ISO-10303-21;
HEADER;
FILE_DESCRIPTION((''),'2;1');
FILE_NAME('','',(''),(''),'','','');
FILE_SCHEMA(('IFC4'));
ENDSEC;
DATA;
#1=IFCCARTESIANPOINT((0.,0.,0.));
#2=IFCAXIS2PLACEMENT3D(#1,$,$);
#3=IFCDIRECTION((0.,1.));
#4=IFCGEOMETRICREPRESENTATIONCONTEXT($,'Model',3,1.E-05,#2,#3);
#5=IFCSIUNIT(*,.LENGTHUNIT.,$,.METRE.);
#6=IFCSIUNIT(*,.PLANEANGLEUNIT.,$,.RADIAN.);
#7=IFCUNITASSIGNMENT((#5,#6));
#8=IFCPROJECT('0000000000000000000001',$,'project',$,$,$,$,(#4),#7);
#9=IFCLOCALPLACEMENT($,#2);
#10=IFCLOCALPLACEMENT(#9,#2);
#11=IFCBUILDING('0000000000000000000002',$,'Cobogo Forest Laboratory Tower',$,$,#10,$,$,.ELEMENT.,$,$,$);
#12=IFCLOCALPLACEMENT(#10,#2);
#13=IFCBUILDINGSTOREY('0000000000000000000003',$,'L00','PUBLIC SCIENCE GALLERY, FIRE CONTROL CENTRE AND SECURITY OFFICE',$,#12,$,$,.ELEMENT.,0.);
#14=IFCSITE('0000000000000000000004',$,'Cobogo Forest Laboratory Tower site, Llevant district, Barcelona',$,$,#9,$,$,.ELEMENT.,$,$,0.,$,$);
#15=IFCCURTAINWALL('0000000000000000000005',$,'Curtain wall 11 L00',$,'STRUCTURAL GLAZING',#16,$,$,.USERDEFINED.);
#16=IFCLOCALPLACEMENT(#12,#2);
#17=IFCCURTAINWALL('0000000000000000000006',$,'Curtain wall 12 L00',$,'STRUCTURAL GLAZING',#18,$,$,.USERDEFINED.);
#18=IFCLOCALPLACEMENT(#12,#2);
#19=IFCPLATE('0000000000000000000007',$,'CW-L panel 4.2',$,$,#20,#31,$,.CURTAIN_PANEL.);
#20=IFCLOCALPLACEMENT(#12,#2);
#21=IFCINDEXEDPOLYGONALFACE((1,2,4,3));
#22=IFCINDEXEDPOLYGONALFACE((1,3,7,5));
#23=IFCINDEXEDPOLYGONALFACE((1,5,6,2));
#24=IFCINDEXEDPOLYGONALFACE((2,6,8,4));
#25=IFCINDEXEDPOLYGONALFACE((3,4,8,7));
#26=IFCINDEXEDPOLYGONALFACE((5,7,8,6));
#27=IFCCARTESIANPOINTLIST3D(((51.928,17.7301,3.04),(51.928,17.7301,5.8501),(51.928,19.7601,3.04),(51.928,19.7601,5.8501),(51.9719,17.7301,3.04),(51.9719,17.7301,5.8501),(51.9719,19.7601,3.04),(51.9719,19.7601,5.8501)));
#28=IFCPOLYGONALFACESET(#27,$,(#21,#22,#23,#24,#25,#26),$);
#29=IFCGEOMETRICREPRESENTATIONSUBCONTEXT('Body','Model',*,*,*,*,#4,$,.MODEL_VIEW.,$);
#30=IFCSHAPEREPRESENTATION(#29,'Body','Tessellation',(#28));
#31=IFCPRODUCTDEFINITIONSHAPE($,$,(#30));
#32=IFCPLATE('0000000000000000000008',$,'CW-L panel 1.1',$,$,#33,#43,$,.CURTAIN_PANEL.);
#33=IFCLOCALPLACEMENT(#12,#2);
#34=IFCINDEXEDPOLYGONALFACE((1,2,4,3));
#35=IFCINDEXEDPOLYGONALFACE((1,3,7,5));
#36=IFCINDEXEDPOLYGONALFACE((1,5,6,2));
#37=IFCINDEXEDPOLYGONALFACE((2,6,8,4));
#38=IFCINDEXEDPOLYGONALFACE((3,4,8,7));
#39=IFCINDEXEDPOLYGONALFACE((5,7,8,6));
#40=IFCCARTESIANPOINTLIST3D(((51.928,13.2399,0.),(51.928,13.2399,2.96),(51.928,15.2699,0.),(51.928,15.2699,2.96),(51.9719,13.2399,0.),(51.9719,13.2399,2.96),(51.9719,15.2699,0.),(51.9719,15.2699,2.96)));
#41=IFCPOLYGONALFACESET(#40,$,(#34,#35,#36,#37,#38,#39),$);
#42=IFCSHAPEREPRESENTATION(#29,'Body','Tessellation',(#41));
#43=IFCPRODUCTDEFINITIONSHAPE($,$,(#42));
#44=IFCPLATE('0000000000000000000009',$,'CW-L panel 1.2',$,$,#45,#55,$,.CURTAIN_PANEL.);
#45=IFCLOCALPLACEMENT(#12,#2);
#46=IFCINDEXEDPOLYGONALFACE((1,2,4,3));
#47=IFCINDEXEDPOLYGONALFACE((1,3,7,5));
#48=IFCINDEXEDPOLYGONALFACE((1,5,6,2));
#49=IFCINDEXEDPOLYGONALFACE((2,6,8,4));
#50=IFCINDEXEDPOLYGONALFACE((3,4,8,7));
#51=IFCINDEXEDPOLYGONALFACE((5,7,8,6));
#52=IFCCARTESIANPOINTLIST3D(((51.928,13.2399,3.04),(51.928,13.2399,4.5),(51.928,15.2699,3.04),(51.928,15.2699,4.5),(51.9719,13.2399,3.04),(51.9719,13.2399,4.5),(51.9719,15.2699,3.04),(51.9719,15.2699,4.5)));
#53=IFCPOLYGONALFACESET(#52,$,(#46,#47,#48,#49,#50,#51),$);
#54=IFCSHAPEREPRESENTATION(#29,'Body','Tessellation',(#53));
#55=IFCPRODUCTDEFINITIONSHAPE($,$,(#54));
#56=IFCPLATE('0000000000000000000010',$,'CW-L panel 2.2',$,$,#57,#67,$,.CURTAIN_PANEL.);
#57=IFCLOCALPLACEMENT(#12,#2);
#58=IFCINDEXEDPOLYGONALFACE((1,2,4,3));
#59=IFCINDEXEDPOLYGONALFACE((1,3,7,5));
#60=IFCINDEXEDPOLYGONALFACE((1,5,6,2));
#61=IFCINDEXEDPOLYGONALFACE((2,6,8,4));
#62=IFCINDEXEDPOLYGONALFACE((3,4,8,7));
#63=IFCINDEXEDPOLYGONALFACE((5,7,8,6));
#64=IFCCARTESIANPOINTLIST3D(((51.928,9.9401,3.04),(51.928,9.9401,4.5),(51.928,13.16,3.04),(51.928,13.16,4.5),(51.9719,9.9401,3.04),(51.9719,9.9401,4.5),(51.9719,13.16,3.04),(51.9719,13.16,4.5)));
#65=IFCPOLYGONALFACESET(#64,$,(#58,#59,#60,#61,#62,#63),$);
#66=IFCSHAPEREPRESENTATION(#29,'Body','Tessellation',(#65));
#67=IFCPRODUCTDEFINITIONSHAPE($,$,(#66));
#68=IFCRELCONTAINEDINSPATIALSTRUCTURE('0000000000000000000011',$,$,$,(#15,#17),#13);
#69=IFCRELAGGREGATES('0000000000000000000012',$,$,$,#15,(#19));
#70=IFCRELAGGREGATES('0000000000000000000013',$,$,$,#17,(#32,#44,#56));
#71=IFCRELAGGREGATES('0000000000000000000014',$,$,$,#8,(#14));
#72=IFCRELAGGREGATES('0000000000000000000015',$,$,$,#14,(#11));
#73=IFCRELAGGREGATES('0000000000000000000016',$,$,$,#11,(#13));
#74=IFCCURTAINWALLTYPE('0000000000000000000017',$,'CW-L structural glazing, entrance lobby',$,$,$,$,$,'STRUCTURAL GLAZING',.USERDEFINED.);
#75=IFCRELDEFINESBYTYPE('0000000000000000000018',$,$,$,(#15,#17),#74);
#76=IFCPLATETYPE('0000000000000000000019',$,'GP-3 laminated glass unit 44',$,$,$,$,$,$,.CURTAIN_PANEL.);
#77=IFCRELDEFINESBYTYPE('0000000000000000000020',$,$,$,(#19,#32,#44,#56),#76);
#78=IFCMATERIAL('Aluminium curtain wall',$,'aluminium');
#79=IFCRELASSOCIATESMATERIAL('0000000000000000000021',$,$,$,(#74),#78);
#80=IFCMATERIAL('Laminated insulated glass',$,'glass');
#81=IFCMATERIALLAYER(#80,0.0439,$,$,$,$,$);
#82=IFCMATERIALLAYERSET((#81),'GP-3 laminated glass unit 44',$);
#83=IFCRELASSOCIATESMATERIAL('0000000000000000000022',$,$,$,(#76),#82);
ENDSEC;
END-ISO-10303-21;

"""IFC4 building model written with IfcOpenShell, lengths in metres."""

from ifc_helpers import new_model, si_unit, direction, frame, origin, origin_2d, place, context, subcontext, project, spatial, rectangle, extrude, material, layer, layer_set, type_object, element, aggregate, save


model = new_model("IFC4")

# Units and contexts
model_context = context("Model", 3, precision=1e-05, world=origin(), true_north=direction((0.0, 1.0)))
body_context = subcontext(model_context, "Body", "Model", "MODEL_VIEW")
ifc_project = project(units=[si_unit("LENGTHUNIT", "METRE"), si_unit("PLANEANGLEUNIT", "RADIAN")], contexts=[model_context])

# Site, building, storey
site_placement = place(None, origin())
site = spatial("IfcSite", under=ifc_project, at=site_placement, Name="Cobogo Forest Laboratory Tower site, Llevant district, Barcelona", CompositionType="ELEMENT", RefElevation=0.0)
building_placement = place(site_placement, origin())
building = spatial("IfcBuilding", under=site, at=building_placement, Name="Cobogo Forest Laboratory Tower", CompositionType="ELEMENT")
storey_placement = place(building_placement, origin())
storey = spatial("IfcBuildingStorey", under=building, at=storey_placement, Name="L00", Description="PUBLIC SCIENCE GALLERY, FIRE CONTROL CENTRE AND SECURITY OFFICE", CompositionType="ELEMENT", Elevation=0.0)

# Curtain wall
ifc_material_1 = material(Name="Aluminium curtain wall", Category="aluminium")
curtain_wall_type = type_object("IfcCurtainWallType", Name="CW-L structural glazing, entrance lobby", ElementType="STRUCTURAL GLAZING", PredefinedType="USERDEFINED", material=ifc_material_1)
curtain_wall_1_placement = place(storey_placement, origin())
curtain_wall_1 = element("IfcCurtainWall", 1, at=curtain_wall_1_placement, inside=storey, type_object=curtain_wall_type, Name="Curtain wall 11 L00", ObjectType="STRUCTURAL GLAZING", PredefinedType="USERDEFINED")

# Curtain wall
curtain_wall_2_placement = place(storey_placement, origin())
curtain_wall_2 = element("IfcCurtainWall", 2, at=curtain_wall_2_placement, inside=storey, type_object=curtain_wall_type, Name="Curtain wall 12 L00", ObjectType="STRUCTURAL GLAZING", PredefinedType="USERDEFINED")

# Plates
ifc_material_2 = material(Name="Laminated insulated glass", Category="glass")
ifc_layer_1 = layer(ifc_material_2, 0.0439)
ifc_layer_set_1 = layer_set([ifc_layer_1], Name="GP-3 laminated glass unit 44")
plate_type = type_object("IfcPlateType", Name="GP-3 laminated glass unit 44", PredefinedType="CURTAIN_PANEL", material=ifc_layer_set_1)
plate_1_placement = place(storey_placement, frame((51.95, 18.7451, 3.04), z_axis=(0.0, 0.0, 1.0), x_axis=(0.0, -1.0, 0.0)))
plate_1 = element("IfcPlate", 3, at=plate_1_placement, type_object=plate_type, Name="CW-L panel 4.2", PredefinedType="CURTAIN_PANEL", context=body_context, shape_type="SweptSolid", body=[
    extrude(rectangle(XDim=2.03, YDim=0.0439, at=origin_2d()), origin(), (0.0, 0.0, 1.0), 2.8101),
])
aggregate(curtain_wall_1, [plate_1])
plate_2_placement = place(storey_placement, frame((51.95, 14.2549, 0.0), z_axis=(0.0, 0.0, 1.0), x_axis=(0.0, -1.0, 0.0)))
plate_2 = element("IfcPlate", 4, at=plate_2_placement, type_object=plate_type, Name="CW-L panel 1.1", PredefinedType="CURTAIN_PANEL", context=body_context, shape_type="SweptSolid", body=[
    extrude(rectangle(XDim=2.03, YDim=0.0439, at=origin_2d()), origin(), (0.0, 0.0, 1.0), 2.96),
])
plate_3_placement = place(storey_placement, frame((51.95, 14.2549, 3.04), z_axis=(0.0, 0.0, 1.0), x_axis=(0.0, -1.0, 0.0)))
plate_3 = element("IfcPlate", 5, at=plate_3_placement, type_object=plate_type, Name="CW-L panel 1.2", PredefinedType="CURTAIN_PANEL", context=body_context, shape_type="SweptSolid", body=[
    extrude(rectangle(XDim=2.03, YDim=0.0439, at=origin_2d()), origin(), (0.0, 0.0, 1.0), 1.46),
])
plate_4_placement = place(storey_placement, frame((51.95, 11.55, 3.04), z_axis=(0.0, 0.0, 1.0), x_axis=(0.0, -1.0, 0.0)))
plate_4 = element("IfcPlate", 6, at=plate_4_placement, type_object=plate_type, Name="CW-L panel 2.2", PredefinedType="CURTAIN_PANEL", context=body_context, shape_type="SweptSolid", body=[
    extrude(rectangle(XDim=3.22, YDim=0.0439, at=origin_2d()), origin(), (0.0, 0.0, 1.0), 1.46),
])
aggregate(curtain_wall_2, [plate_2, plate_3, plate_4])

save(model, "model.ifc")
